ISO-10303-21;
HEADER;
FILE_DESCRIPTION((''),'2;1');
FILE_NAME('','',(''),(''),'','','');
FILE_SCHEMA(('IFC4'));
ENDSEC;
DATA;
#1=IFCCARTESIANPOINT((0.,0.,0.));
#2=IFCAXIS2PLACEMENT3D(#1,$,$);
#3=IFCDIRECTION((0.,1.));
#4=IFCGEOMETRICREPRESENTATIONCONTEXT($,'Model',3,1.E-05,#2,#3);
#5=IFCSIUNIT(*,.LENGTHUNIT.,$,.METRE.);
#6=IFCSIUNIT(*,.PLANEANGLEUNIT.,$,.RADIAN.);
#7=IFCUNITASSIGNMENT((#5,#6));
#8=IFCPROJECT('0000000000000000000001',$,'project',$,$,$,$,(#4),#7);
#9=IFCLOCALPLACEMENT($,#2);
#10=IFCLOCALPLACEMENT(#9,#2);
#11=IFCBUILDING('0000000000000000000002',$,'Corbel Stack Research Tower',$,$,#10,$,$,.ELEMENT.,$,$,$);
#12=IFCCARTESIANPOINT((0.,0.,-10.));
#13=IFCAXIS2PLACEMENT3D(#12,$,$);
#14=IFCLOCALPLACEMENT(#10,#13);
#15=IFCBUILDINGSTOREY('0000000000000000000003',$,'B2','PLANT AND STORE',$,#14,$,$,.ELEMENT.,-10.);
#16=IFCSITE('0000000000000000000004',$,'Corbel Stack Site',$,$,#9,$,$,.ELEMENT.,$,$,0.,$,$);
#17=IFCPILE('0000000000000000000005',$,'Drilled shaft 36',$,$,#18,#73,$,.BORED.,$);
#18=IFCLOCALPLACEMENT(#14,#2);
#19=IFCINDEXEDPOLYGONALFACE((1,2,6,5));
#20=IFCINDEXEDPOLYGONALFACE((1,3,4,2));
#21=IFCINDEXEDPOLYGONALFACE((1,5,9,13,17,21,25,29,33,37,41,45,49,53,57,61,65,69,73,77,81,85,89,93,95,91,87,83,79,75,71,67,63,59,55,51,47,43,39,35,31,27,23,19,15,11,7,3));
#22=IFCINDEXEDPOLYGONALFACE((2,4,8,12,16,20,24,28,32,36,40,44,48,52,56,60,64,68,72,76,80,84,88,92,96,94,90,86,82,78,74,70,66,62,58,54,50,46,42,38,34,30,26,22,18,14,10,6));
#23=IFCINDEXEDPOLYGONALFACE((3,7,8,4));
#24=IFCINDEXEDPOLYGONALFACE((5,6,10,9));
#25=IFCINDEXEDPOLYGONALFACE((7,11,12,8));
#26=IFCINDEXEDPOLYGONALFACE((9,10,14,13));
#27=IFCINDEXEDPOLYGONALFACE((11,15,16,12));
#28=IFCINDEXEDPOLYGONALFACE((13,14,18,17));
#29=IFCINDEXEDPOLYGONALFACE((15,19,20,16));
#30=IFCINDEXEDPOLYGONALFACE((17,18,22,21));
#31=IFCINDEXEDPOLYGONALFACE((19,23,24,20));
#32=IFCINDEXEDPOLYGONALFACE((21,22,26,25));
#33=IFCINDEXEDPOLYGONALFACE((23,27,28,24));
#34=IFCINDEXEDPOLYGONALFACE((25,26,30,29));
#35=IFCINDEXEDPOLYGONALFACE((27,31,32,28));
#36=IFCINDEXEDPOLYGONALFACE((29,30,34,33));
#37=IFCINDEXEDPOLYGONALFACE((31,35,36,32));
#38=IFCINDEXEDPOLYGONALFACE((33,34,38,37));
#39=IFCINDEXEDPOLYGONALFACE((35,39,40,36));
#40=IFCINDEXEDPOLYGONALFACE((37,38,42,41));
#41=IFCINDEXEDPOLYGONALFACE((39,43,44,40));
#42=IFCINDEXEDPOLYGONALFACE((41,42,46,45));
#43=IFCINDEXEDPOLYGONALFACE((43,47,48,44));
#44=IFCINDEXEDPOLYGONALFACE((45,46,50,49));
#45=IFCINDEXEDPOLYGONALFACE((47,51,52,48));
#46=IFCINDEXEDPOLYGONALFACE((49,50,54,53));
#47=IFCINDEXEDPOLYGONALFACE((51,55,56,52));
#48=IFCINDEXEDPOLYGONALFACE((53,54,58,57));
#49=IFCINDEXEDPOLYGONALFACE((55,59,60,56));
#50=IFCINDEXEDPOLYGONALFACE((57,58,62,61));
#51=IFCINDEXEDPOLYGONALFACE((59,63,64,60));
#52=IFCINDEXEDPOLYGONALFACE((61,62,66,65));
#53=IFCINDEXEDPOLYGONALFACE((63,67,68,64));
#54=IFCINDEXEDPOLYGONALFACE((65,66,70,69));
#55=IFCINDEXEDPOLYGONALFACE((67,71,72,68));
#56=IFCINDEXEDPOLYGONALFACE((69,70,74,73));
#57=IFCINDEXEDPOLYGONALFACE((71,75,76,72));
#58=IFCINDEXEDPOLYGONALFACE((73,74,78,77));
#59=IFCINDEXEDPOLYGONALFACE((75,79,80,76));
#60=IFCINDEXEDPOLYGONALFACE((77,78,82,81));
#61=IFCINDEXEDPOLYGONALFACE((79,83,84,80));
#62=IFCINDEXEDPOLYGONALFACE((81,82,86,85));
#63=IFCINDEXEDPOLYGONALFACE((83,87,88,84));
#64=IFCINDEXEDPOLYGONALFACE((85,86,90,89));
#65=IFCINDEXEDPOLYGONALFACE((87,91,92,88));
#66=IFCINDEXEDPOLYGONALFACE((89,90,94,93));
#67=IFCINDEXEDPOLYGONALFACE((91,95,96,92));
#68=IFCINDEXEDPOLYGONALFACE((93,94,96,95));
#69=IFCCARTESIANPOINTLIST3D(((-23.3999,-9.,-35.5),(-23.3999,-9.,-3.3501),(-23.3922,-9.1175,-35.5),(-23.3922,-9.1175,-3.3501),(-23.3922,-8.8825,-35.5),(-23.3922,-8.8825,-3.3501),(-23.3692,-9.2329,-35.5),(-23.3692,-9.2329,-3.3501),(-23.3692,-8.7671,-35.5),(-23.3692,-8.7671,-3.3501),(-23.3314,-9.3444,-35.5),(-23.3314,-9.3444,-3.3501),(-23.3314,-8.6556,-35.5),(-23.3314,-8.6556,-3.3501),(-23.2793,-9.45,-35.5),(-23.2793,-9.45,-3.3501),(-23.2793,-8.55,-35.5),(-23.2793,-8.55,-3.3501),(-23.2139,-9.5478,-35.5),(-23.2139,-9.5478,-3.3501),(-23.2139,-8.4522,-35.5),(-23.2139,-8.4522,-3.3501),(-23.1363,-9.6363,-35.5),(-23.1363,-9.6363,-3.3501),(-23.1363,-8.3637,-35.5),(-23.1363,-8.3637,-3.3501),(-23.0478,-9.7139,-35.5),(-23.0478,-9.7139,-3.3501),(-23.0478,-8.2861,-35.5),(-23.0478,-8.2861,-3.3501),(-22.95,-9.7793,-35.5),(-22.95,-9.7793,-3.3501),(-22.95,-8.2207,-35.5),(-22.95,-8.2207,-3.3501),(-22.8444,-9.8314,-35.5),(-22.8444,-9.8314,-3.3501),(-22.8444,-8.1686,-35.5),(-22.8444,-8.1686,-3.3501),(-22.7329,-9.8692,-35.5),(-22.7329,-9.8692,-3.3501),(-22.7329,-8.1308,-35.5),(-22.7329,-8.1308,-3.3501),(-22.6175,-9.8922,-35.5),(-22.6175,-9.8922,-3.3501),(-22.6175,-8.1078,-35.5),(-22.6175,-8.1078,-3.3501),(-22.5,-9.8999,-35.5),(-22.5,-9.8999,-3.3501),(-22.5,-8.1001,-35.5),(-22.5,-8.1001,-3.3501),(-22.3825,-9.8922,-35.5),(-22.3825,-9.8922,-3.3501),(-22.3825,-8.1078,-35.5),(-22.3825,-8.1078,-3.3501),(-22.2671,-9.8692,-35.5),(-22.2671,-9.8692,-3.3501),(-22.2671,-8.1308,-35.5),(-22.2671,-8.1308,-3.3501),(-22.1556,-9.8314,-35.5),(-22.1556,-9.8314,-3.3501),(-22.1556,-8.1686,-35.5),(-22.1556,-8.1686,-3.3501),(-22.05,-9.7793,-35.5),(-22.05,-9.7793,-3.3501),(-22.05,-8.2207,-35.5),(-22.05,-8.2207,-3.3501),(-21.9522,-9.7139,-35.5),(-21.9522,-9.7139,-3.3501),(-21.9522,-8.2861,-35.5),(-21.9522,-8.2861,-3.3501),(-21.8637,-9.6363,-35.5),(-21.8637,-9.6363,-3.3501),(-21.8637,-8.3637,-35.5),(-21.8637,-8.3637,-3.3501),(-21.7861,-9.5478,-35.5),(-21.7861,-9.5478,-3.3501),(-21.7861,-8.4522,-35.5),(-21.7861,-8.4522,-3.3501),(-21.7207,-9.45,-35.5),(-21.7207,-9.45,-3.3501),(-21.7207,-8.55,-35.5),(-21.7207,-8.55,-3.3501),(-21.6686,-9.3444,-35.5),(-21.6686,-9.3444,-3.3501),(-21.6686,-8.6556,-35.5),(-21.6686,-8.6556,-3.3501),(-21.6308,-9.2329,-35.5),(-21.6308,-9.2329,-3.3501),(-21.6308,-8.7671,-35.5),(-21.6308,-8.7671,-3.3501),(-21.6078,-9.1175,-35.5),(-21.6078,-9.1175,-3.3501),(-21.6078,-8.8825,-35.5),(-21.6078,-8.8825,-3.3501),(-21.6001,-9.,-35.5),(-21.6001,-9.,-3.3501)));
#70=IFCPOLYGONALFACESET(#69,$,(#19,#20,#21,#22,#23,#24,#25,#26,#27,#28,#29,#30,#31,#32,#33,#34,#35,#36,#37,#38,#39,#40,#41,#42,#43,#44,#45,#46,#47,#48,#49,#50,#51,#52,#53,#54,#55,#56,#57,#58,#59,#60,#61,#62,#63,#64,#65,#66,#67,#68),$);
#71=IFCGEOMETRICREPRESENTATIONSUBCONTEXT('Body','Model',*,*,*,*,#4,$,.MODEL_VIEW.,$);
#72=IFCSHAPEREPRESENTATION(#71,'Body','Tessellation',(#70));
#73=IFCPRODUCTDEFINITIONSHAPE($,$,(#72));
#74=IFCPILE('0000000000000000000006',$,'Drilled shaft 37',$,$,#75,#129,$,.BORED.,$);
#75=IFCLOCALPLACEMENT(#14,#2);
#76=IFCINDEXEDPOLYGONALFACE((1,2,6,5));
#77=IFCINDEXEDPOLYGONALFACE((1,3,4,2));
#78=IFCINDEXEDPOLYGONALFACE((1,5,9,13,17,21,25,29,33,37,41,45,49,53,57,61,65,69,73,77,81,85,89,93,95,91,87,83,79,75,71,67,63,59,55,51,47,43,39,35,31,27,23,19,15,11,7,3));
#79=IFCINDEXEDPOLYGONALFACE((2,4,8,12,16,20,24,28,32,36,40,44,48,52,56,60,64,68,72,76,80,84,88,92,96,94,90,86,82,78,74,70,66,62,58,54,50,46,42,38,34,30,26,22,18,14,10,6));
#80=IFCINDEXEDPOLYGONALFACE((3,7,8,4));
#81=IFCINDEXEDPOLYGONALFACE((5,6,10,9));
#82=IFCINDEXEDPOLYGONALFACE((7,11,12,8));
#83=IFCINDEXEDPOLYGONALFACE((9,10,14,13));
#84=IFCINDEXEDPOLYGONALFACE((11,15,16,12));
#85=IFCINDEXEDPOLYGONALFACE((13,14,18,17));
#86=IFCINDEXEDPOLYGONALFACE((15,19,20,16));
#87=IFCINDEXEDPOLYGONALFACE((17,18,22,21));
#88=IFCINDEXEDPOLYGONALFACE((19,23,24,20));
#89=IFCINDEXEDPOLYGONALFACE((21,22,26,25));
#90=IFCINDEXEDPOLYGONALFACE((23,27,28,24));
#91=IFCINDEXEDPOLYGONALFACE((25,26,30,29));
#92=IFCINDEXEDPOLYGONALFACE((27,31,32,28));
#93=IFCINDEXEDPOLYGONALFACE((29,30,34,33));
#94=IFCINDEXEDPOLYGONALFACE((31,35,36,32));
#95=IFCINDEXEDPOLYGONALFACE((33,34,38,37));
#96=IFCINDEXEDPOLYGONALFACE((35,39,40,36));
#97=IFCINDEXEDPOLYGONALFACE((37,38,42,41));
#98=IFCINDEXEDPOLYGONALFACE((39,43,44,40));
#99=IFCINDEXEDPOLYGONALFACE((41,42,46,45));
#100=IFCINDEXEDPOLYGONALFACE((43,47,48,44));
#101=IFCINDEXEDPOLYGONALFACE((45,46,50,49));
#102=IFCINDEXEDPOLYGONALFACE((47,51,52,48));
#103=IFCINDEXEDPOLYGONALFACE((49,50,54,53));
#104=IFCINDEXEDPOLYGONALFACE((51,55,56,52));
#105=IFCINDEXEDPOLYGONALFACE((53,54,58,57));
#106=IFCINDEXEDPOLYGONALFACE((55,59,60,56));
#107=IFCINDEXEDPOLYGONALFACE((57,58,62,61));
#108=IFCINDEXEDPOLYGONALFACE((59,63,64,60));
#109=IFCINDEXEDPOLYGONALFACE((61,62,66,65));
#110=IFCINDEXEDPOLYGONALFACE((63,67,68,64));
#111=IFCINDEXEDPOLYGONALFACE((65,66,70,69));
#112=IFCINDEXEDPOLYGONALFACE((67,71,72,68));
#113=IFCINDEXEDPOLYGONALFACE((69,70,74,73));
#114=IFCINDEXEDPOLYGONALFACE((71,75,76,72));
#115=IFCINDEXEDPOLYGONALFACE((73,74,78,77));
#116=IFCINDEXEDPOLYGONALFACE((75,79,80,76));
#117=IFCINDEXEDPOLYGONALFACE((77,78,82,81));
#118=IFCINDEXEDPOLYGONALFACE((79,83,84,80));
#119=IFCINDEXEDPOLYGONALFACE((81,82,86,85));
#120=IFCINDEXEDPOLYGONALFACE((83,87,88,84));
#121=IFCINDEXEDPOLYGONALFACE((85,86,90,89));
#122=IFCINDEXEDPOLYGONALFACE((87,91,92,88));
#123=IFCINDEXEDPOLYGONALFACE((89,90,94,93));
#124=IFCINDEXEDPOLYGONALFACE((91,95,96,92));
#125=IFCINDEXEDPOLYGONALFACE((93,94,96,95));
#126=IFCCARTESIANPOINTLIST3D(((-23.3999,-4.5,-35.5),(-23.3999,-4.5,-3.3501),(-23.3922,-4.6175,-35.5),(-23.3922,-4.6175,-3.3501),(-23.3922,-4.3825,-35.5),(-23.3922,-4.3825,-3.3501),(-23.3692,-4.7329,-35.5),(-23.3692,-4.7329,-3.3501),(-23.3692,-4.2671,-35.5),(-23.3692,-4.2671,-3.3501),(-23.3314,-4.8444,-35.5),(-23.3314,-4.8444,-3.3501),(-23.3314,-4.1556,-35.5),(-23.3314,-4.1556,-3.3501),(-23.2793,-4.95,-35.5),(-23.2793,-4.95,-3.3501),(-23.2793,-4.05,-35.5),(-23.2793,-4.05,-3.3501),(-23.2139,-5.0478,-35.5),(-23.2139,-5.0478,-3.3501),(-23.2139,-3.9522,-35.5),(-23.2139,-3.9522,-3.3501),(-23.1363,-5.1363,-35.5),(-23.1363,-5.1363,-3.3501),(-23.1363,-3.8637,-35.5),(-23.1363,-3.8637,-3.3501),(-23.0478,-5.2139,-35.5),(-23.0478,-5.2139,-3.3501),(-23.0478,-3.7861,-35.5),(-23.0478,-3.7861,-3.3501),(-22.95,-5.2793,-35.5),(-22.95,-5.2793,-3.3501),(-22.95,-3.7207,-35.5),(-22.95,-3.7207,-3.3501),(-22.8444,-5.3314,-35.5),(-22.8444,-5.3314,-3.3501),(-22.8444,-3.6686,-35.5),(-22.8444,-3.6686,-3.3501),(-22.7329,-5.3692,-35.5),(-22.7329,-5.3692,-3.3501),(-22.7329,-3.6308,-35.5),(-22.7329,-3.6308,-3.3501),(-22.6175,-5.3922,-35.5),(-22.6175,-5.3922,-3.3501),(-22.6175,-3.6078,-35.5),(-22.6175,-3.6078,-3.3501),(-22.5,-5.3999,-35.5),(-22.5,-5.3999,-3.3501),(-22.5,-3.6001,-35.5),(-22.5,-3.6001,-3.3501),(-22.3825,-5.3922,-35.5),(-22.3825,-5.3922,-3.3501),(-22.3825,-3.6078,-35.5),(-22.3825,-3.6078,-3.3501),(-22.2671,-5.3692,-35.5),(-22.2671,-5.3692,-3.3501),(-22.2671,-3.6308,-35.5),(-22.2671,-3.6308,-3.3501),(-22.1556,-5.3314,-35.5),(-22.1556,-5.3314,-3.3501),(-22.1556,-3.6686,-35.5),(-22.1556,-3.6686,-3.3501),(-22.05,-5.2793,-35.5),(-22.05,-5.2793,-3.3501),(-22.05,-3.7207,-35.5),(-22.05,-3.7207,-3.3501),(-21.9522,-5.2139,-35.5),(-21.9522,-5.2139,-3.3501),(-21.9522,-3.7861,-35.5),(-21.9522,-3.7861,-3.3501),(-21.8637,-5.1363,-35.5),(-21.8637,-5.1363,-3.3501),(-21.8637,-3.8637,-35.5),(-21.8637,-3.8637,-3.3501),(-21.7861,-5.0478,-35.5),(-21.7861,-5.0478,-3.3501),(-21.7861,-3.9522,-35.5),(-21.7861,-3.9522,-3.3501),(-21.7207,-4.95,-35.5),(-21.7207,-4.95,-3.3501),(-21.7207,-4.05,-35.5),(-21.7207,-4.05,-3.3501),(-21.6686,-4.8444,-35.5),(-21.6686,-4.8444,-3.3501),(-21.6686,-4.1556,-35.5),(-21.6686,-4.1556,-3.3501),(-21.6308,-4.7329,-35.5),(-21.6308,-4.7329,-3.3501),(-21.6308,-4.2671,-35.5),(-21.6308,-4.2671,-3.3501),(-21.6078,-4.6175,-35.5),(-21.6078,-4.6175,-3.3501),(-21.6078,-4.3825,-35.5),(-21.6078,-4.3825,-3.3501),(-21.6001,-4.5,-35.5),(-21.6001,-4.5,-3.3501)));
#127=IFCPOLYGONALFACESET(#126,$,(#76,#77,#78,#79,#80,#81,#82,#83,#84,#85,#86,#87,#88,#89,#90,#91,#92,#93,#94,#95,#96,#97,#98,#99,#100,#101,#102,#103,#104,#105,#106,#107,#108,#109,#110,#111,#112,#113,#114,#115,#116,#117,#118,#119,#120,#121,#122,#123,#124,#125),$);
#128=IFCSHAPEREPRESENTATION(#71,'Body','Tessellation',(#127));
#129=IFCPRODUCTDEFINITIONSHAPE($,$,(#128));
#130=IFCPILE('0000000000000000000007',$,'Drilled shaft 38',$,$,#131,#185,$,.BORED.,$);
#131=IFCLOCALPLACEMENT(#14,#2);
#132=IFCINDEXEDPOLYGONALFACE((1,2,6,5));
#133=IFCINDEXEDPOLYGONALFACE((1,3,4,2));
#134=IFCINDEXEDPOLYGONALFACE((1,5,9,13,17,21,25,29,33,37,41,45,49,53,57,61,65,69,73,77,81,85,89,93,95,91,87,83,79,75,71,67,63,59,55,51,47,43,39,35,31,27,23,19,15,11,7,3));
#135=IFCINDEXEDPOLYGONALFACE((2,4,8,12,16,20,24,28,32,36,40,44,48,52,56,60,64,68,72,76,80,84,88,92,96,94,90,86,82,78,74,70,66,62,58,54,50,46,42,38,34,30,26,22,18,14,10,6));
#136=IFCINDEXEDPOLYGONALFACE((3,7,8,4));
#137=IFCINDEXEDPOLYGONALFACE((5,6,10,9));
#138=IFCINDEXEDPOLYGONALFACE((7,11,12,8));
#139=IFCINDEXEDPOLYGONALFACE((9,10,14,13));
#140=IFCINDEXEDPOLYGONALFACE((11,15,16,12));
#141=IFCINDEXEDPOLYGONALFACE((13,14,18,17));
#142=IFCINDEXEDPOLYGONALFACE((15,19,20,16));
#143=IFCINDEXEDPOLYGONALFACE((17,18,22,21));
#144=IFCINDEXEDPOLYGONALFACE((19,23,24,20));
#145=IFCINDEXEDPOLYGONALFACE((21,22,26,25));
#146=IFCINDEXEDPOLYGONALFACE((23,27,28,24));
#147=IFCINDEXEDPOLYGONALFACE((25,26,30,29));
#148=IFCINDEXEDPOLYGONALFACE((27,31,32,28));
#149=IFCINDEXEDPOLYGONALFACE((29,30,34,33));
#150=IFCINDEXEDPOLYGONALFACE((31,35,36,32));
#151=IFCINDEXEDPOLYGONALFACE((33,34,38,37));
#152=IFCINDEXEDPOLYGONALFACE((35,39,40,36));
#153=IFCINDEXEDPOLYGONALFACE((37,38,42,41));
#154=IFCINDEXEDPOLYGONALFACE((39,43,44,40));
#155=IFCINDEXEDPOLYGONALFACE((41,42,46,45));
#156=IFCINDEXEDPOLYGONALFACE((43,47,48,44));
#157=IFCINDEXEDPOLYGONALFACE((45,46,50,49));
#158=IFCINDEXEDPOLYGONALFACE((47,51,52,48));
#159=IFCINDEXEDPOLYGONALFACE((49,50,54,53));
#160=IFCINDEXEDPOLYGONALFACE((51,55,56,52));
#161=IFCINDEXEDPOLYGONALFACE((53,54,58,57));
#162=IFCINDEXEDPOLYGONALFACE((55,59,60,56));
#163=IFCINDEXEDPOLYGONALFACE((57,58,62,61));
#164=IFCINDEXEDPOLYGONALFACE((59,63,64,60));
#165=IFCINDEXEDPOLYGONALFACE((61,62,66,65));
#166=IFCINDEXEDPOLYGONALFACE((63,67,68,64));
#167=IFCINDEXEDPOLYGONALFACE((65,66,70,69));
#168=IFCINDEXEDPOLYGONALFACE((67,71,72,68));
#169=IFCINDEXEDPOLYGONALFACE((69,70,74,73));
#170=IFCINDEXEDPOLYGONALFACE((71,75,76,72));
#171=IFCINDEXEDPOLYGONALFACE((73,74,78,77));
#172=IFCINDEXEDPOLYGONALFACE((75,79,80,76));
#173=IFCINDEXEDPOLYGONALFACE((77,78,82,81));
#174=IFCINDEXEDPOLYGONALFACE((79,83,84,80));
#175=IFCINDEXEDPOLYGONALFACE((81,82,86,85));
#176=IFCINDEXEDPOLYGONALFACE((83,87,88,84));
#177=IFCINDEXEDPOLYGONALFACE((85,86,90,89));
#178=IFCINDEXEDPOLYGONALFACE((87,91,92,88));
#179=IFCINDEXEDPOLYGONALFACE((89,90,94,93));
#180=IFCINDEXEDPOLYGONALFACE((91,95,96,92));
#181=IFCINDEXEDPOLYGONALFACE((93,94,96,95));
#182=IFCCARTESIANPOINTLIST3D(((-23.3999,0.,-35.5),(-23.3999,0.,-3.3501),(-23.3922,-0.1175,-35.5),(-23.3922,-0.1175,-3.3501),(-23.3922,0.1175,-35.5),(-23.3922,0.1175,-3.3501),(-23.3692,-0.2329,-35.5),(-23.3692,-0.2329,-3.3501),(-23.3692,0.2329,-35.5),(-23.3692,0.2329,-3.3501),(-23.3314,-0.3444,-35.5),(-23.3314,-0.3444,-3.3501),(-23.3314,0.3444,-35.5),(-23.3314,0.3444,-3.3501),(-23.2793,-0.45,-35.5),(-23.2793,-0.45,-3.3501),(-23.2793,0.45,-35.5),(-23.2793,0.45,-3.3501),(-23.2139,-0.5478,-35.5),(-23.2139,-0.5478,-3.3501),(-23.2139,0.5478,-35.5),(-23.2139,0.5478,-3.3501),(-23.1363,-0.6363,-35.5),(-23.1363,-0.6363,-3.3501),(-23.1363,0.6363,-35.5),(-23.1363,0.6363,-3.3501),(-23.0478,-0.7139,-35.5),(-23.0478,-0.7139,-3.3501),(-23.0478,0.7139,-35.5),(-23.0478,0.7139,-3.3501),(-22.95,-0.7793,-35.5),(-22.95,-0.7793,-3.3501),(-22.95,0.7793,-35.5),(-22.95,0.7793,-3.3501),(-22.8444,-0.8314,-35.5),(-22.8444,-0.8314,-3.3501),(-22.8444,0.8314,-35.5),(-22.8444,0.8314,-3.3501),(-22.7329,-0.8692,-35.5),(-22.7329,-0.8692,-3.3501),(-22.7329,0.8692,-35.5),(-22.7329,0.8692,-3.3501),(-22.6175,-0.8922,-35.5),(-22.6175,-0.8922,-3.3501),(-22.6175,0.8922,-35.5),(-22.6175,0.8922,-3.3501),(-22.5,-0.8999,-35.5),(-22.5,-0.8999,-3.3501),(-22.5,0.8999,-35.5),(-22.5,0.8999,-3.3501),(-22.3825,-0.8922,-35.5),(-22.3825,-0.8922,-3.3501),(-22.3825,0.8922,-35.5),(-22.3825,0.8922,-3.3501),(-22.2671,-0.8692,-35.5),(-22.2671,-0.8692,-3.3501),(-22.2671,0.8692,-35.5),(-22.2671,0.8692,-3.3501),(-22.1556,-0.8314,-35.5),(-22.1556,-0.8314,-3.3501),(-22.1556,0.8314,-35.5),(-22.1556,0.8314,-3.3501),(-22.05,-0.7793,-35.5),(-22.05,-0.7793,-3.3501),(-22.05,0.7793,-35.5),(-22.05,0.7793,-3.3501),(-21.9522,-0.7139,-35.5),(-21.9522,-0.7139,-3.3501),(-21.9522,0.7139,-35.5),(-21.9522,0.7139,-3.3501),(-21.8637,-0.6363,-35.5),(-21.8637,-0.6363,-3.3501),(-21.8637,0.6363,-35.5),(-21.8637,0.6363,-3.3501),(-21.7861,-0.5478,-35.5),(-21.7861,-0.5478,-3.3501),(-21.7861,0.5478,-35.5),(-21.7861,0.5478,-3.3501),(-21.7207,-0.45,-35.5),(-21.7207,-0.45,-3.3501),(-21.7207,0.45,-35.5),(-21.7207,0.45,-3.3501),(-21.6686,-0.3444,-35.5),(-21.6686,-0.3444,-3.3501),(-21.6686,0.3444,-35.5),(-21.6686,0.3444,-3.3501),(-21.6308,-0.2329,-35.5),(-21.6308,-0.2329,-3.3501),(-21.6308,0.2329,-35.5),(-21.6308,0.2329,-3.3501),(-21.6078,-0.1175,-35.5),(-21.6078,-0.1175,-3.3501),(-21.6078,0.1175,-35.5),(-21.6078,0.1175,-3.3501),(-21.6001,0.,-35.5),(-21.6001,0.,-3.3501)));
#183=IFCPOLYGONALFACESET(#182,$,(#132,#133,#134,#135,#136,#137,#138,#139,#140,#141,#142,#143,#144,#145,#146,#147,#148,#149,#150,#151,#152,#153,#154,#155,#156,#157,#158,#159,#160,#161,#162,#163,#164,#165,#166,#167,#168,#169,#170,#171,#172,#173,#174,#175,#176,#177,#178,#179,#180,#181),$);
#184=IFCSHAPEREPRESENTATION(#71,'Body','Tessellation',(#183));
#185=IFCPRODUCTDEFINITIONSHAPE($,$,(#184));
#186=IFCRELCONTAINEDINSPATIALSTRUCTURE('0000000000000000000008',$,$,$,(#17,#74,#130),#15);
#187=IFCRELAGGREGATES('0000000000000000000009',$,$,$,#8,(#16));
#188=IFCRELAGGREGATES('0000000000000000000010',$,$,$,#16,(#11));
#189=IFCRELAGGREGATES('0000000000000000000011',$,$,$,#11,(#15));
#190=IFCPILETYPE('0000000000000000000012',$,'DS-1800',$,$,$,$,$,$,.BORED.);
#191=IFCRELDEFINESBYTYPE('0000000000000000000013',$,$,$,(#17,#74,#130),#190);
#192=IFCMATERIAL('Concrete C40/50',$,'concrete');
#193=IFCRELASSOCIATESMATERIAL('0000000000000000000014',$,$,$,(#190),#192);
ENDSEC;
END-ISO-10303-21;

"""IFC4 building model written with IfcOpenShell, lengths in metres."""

from ifc_helpers import new_model, si_unit, direction, frame, origin, origin_2d, place, context, subcontext, project, spatial, circle, extrude, material, material_profile, profile_set, type_object, element, save


model = new_model("IFC4")

# Units and contexts
model_context = context("Model", 3, precision=1e-05, world=origin(), true_north=direction((0.0, 1.0)))
body_context = subcontext(model_context, "Body", "Model", "MODEL_VIEW")
ifc_project = project(units=[si_unit("LENGTHUNIT", "METRE"), si_unit("PLANEANGLEUNIT", "RADIAN")], contexts=[model_context])

# Site, building, storey
site_placement = place(None, origin())
site = spatial("IfcSite", under=ifc_project, at=site_placement, Name="Corbel Stack Site", CompositionType="ELEMENT", RefElevation=0.0)
building_placement = place(site_placement, origin())
building = spatial("IfcBuilding", under=site, at=building_placement, Name="Corbel Stack Research Tower", CompositionType="ELEMENT")
storey_placement = place(building_placement, frame((0.0, 0.0, -10.0)))
storey = spatial("IfcBuildingStorey", under=building, at=storey_placement, Name="B2", Description="PLANT AND STORE", CompositionType="ELEMENT", Elevation=-10.0)

# Piles
ifc_material_1 = material(Name="Concrete C40/50", Category="concrete")
ifc_material_profile_1 = material_profile(ifc_material_1, circle(Radius=0.8999, at=origin_2d()), Name="Shaft 1800")
ifc_profile_set_1 = profile_set([ifc_material_profile_1], Name="Concrete C40/50")
pile_type = type_object("IfcPileType", Name="DS-1800", PredefinedType="BORED", material=ifc_profile_set_1)
for number, where, z_axis, x_axis, name in (
    (1, (-22.5, -9.0, -3.3501), (0.0, 0.0, -1.0), (1.0, 0.0, 0.0), "Drilled shaft 36"),
    (2, (-22.5, -4.5, -3.3501), (0.0, 0.0, -1.0), (1.0, 0.0, 0.0), "Drilled shaft 37"),
    (3, (-22.5, 0.0, -3.3501), (0.0, 0.0, -1.0), (1.0, 0.0, 0.0), "Drilled shaft 38"),
):
    element("IfcPile", number, at=place(storey_placement, frame(where, z_axis=z_axis, x_axis=x_axis)), inside=storey, type_object=pile_type, Name=name, PredefinedType="BORED", context=body_context, shape_type="SweptSolid", body=[
        extrude(circle(Radius=0.8999, at=origin_2d()), origin(), (0.0, 0.0, 1.0), 32.1499),
    ])

save(model, "model.ifc")
